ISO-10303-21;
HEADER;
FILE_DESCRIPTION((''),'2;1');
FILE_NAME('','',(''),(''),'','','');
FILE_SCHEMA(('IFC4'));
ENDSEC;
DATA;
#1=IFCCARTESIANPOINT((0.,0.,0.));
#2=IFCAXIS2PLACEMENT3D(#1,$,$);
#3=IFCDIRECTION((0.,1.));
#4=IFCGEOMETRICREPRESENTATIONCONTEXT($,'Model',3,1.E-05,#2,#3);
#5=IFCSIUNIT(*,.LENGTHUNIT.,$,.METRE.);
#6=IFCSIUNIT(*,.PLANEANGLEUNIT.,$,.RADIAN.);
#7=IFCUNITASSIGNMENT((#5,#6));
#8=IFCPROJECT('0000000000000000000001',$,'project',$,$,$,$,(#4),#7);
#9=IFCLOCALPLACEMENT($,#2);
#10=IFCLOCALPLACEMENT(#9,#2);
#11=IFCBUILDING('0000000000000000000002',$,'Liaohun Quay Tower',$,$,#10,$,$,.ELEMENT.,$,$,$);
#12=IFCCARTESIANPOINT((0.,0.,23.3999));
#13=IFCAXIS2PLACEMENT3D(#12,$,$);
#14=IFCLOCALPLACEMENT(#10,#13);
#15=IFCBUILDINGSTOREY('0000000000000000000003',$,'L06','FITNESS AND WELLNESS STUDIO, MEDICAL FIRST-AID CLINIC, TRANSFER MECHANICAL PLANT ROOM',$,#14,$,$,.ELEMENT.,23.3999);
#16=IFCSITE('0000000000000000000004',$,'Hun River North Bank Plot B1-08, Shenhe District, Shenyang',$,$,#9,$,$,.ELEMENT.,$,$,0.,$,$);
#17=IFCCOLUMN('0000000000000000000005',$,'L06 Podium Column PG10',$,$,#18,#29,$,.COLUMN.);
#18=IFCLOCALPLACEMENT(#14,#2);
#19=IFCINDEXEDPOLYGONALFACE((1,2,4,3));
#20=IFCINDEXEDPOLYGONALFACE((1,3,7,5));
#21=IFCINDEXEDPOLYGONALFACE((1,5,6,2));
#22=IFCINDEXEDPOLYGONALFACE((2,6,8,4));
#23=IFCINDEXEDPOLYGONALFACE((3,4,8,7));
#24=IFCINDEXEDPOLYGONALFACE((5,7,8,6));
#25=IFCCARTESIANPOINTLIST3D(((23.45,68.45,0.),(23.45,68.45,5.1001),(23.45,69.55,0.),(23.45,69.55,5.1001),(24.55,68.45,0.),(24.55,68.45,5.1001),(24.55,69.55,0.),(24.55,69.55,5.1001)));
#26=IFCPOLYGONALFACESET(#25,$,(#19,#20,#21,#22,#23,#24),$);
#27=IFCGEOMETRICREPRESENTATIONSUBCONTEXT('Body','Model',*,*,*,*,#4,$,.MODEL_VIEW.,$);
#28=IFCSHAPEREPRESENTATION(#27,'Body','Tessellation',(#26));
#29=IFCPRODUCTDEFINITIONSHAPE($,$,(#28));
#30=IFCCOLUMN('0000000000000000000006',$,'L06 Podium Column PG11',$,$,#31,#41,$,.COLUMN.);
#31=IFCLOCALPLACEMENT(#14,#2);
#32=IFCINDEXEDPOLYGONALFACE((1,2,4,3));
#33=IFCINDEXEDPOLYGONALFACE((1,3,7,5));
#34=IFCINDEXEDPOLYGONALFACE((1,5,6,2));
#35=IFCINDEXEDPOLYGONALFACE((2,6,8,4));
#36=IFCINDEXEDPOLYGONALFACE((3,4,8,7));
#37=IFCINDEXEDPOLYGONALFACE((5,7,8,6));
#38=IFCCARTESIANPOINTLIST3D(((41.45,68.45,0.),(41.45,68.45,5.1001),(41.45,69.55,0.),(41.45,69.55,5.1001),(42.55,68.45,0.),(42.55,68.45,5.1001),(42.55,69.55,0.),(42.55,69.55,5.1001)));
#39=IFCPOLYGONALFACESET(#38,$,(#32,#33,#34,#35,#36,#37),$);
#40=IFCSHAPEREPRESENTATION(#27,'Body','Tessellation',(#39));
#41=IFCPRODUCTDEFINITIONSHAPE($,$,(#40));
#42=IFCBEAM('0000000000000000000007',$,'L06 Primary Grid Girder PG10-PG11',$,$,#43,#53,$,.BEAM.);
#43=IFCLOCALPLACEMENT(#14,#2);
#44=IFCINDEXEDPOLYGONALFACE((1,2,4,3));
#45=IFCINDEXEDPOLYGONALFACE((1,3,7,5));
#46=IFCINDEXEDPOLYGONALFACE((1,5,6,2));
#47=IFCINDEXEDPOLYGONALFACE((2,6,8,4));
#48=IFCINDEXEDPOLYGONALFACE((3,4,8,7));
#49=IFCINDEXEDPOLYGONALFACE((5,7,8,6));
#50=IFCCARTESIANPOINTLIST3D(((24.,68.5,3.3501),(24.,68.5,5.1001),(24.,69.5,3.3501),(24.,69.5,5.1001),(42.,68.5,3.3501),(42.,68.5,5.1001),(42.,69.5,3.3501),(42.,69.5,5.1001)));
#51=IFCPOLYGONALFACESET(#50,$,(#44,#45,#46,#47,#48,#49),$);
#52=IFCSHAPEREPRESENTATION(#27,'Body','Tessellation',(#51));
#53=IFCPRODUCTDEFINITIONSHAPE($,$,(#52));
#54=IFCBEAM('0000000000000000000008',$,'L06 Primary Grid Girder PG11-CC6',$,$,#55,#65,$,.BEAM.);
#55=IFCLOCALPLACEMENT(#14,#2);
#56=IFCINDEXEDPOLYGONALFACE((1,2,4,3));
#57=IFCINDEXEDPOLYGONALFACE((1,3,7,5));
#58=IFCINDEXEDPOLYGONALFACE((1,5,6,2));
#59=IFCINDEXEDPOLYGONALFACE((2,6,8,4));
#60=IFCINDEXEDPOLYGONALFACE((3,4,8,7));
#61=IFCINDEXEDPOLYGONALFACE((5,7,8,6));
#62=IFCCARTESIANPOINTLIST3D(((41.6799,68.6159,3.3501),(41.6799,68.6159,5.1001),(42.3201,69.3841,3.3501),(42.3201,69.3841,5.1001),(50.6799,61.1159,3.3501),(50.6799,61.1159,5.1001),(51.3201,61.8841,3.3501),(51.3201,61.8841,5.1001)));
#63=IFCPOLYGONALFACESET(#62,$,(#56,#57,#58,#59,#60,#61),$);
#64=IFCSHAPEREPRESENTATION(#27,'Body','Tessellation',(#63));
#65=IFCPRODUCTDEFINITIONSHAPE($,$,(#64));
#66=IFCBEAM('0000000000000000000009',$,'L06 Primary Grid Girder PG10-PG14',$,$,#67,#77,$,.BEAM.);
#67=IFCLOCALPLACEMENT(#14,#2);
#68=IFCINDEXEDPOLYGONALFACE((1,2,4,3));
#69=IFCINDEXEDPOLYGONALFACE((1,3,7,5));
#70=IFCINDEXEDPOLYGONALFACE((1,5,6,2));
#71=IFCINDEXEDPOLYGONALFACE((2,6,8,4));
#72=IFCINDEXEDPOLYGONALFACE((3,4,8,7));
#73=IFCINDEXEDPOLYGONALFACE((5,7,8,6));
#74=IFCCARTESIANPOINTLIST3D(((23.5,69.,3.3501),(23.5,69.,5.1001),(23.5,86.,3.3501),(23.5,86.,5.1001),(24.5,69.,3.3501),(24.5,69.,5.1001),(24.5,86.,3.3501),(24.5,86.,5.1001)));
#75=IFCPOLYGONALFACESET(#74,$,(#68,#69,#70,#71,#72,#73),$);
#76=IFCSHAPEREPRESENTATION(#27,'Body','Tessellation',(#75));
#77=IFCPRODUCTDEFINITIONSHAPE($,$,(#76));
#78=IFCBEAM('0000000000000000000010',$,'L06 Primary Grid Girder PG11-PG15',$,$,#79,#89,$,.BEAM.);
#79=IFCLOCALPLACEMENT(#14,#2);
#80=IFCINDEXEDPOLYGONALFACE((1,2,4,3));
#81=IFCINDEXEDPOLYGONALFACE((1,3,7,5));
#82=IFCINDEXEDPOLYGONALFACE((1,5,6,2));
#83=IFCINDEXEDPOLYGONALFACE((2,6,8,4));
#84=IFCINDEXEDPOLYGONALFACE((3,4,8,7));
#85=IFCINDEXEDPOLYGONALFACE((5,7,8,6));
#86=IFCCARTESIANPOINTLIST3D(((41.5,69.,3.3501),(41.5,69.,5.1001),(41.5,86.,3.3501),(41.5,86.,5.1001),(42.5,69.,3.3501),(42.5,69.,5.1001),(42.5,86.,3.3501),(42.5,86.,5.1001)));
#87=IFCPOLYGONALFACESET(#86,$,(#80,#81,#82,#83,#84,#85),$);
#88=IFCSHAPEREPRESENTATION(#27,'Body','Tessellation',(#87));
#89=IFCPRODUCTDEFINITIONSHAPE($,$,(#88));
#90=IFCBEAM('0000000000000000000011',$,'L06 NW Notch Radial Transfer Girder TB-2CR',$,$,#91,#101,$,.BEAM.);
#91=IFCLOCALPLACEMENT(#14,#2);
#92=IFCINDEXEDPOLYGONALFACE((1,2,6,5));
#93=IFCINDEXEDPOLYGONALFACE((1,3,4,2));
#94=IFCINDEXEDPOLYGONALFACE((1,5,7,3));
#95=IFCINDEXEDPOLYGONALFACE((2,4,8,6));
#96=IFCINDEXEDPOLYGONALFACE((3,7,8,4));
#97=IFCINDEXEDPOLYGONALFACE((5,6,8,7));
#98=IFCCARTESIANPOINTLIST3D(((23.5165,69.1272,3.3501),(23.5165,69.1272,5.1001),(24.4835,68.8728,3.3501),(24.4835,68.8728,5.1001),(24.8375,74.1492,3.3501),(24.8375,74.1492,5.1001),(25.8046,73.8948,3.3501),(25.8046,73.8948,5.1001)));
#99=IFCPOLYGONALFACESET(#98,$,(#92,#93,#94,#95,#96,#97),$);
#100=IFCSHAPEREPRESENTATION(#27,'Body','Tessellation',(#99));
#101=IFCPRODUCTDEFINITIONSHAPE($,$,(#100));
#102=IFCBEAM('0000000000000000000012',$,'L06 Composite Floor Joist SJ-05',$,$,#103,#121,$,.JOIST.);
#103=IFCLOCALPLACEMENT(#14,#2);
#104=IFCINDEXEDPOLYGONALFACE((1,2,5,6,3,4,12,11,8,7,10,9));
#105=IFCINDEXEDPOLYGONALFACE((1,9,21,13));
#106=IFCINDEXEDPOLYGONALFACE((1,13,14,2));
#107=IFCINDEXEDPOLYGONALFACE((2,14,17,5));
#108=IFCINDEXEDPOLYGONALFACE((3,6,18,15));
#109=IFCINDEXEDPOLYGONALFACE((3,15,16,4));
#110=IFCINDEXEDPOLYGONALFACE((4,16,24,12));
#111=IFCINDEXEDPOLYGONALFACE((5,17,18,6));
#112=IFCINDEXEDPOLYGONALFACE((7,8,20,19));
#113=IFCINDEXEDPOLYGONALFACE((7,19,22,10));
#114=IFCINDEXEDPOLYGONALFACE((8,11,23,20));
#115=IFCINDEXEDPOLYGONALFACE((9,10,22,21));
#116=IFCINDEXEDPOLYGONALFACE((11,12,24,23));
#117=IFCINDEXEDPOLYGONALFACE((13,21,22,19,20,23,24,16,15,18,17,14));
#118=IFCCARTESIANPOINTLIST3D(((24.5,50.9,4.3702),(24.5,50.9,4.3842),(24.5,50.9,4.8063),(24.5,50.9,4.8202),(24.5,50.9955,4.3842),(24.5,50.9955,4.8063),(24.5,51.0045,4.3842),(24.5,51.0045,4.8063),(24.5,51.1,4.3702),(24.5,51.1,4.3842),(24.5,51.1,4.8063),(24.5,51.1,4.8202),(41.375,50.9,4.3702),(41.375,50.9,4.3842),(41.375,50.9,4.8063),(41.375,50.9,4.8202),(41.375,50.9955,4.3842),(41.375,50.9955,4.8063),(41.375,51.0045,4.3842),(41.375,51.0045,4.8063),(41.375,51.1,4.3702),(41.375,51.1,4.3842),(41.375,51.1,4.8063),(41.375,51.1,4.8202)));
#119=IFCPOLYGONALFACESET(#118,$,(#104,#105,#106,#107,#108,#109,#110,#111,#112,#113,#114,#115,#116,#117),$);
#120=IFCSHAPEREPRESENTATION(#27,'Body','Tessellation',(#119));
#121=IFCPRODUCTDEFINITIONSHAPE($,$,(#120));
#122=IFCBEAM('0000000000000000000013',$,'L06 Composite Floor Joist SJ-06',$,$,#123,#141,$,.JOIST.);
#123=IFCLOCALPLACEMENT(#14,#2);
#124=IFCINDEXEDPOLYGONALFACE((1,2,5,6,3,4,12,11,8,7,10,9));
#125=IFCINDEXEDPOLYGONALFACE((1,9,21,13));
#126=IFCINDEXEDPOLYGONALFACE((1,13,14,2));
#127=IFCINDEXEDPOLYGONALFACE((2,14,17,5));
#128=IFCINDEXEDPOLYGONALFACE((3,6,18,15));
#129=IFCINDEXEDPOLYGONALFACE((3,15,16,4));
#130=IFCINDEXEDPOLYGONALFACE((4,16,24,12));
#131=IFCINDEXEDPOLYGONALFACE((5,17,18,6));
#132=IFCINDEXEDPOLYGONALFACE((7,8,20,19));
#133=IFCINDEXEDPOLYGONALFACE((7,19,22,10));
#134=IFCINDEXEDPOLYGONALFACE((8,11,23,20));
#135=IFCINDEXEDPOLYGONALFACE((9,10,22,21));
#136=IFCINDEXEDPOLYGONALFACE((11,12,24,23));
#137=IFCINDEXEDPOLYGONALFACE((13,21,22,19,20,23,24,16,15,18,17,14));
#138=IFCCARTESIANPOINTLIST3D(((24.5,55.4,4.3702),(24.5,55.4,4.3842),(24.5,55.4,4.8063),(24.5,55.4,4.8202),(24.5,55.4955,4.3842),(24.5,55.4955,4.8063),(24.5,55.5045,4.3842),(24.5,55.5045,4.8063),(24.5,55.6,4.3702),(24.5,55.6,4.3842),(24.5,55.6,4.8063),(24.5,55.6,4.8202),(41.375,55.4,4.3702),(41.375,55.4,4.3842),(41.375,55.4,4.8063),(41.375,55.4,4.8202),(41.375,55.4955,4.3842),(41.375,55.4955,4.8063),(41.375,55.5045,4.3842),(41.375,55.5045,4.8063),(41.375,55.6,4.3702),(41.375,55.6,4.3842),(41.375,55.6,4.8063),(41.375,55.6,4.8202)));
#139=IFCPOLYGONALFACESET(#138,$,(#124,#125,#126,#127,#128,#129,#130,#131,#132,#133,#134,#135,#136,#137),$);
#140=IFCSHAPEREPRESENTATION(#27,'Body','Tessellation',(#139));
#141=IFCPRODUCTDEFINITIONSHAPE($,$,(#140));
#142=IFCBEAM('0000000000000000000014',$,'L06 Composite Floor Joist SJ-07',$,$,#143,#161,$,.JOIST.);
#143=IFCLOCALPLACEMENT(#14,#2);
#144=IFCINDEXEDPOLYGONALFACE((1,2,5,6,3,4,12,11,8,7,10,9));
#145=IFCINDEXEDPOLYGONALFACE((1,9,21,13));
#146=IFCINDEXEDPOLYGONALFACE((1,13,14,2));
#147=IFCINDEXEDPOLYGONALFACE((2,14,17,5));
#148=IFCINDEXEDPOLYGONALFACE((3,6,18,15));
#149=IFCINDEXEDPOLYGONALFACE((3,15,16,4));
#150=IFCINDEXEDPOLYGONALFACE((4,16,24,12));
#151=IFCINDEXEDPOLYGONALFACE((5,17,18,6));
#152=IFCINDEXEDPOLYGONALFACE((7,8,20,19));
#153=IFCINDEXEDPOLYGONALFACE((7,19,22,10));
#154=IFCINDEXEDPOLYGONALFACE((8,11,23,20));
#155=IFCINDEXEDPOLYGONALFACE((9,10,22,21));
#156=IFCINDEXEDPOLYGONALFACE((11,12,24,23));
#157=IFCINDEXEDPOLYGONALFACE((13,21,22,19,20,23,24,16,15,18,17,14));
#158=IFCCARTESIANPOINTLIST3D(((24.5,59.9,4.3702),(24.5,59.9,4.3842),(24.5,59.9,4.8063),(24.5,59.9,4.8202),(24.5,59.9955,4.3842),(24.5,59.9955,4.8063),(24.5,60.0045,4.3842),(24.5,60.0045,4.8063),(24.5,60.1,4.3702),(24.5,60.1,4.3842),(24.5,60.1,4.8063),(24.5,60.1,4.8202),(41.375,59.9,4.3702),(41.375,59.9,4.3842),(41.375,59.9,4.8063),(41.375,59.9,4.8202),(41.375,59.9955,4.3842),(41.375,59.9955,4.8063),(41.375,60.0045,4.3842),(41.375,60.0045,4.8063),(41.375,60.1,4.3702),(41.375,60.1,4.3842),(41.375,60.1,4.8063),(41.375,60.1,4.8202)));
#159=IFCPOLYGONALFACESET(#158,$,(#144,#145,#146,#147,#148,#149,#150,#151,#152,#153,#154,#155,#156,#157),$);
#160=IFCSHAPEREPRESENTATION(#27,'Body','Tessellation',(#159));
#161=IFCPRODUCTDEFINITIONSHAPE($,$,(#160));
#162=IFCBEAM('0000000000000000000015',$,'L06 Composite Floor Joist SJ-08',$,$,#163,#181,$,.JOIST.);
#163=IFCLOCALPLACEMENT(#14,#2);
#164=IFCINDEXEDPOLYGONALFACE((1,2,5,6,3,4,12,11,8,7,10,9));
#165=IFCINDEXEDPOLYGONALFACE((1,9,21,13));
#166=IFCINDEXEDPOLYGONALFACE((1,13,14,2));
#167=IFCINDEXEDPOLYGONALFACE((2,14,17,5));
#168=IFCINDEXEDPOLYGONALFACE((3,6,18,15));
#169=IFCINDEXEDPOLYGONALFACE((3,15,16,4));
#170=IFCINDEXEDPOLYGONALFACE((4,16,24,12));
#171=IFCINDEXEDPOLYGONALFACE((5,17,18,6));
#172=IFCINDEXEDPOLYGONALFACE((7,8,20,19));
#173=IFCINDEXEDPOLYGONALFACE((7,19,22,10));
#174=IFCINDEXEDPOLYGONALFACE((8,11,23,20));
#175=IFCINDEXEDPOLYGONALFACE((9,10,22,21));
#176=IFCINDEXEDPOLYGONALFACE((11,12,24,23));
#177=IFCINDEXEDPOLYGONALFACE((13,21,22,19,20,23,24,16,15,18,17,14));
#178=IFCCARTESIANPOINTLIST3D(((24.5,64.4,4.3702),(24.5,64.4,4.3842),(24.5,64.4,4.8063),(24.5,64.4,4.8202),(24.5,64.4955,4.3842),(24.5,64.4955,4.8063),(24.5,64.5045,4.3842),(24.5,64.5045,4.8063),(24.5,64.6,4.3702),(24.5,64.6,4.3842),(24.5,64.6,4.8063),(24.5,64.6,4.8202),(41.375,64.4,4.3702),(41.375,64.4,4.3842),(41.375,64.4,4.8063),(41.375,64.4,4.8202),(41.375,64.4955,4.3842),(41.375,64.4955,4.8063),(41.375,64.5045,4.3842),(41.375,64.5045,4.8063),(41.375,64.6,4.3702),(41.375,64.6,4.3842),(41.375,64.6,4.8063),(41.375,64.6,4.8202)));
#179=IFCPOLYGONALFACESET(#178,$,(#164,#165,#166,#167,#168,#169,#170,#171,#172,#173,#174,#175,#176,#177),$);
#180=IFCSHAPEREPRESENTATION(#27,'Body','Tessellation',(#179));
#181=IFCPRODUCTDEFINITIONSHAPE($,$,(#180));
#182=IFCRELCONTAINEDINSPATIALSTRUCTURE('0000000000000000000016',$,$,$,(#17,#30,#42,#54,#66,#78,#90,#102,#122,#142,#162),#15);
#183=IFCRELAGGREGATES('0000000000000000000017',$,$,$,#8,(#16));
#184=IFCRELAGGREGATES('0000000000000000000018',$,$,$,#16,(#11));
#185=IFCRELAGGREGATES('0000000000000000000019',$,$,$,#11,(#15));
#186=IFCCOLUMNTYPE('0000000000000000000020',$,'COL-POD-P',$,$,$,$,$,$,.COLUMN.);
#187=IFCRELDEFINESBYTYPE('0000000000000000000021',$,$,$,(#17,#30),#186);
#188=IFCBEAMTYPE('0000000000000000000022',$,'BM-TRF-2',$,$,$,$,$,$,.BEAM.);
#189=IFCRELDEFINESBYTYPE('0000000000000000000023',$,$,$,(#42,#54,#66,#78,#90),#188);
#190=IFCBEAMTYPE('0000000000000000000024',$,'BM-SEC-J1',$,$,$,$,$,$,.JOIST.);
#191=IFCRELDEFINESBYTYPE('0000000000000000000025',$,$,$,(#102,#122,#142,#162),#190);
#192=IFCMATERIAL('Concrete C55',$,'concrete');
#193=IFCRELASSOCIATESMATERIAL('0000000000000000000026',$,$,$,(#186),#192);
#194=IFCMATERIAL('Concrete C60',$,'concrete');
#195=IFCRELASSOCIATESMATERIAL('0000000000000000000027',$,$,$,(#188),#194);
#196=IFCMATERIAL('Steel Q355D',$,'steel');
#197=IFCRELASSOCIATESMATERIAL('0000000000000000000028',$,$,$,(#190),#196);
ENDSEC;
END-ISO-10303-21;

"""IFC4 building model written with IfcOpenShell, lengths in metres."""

from ifc_helpers import new_model, si_unit, direction, frame, origin, origin_2d, place, context, subcontext, project, spatial, rectangle, i_section, extrude, source, transform, mapped, material, material_profile, profile_set, type_object, element, save


model = new_model("IFC4")

# Units and contexts
model_context = context("Model", 3, precision=1e-05, world=origin(), true_north=direction((0.0, 1.0)))
body_context = subcontext(model_context, "Body", "Model", "MODEL_VIEW")
ifc_project = project(units=[si_unit("LENGTHUNIT", "METRE"), si_unit("PLANEANGLEUNIT", "RADIAN")], contexts=[model_context])

# Site, building, storey
site_placement = place(None, origin())
site = spatial("IfcSite", under=ifc_project, at=site_placement, Name="Hun River North Bank Plot B1-08, Shenhe District, Shenyang", CompositionType="ELEMENT", RefElevation=0.0)
building_placement = place(site_placement, origin())
building = spatial("IfcBuilding", under=site, at=building_placement, Name="Liaohun Quay Tower", CompositionType="ELEMENT")
storey_placement = place(building_placement, frame((0.0, 0.0, 23.3999)))
storey = spatial("IfcBuildingStorey", under=building, at=storey_placement, Name="L06", Description="FITNESS AND WELLNESS STUDIO, MEDICAL FIRST-AID CLINIC, TRANSFER MECHANICAL PLANT ROOM", CompositionType="ELEMENT", Elevation=23.3999)

# Columns
ifc_material_1 = material(Name="Concrete C55", Category="concrete")
ifc_material_profile_1 = material_profile(ifc_material_1, rectangle(XDim=1.1001, YDim=1.1001, at=origin_2d()), Name="RC1100x1100")
ifc_profile_set_1 = profile_set([ifc_material_profile_1], Name="Concrete C55")
column_type = type_object("IfcColumnType", Name="COL-POD-P", PredefinedType="COLUMN", material=ifc_profile_set_1)
shared_shape_1 = source(origin(), body_context, "Body", "SweptSolid", [
    extrude(rectangle(XDim=1.1001, YDim=1.1001, at=origin_2d()), origin(), (0.0, 0.0, 1.0), 5.1001),
])
for number, where, z_axis, x_axis, name in (
    (1, (24.0, 69.0, 0.0), (0.0, 0.0, 1.0), (1.0, 0.0, 0.0), "L06 Podium Column PG10"),
    (2, (42.0, 69.0, 0.0), (0.0, 0.0, 1.0), (1.0, 0.0, 0.0), "L06 Podium Column PG11"),
):
    element("IfcColumn", number, at=place(storey_placement, frame(where, z_axis=z_axis, x_axis=x_axis)), inside=storey, type_object=column_type, Name=name, PredefinedType="COLUMN", context=body_context, shape_type="MappedRepresentation", body=[
        mapped(shared_shape_1, transform((0.0, 0.0, 0.0), x_axis=(1.0, 0.0, 0.0), y_axis=(0.0, 1.0, 0.0), z_axis=(0.0, 0.0, 1.0), scale=1.0)),
    ])

# Beams
ifc_material_2 = material(Name="Concrete C60", Category="concrete")
ifc_material_profile_2 = material_profile(ifc_material_2, rectangle(XDim=1.0, YDim=1.75, at=origin_2d()), Name="RC1000x1750")
ifc_profile_set_2 = profile_set([ifc_material_profile_2], Name="Concrete C60")
beam_type_1 = type_object("IfcBeamType", Name="BM-TRF-2", PredefinedType="BEAM", material=ifc_profile_set_2)
shared_shape_2 = source(origin(), body_context, "Body", "SweptSolid", [
    extrude(rectangle(XDim=1.0, YDim=1.75, at=origin_2d()), origin(), (0.0, 0.0, 1.0), 18.0),
])
beam_1_placement = place(storey_placement, frame((24.0, 69.0, 4.2251), z_axis=(1.0, 0.0, 0.0), x_axis=(0.0, 1.0, 0.0)))
element("IfcBeam", 3, at=beam_1_placement, inside=storey, type_object=beam_type_1, Name="L06 Primary Grid Girder PG10-PG11", PredefinedType="BEAM", context=body_context, shape_type="MappedRepresentation", body=[
    mapped(shared_shape_2, transform((0.0, 0.0, 0.0), x_axis=(1.0, 0.0, 0.0), y_axis=(0.0, 1.0, 0.0), z_axis=(0.0, 0.0, 1.0), scale=1.0)),
])
shared_shape_3 = source(origin(), body_context, "Body", "SweptSolid", [
    extrude(rectangle(XDim=1.0, YDim=1.75, at=origin_2d()), origin(), (0.0, 0.0, 1.0), 11.7153),
])
beam_2_placement = place(storey_placement, frame((42.0, 69.0, 4.2251), z_axis=(0.768221, -0.640184, 0.0), x_axis=(0.640184, 0.768221, 0.0)))
element("IfcBeam", 4, at=beam_2_placement, inside=storey, type_object=beam_type_1, Name="L06 Primary Grid Girder PG11-CC6", PredefinedType="BEAM", context=body_context, shape_type="MappedRepresentation", body=[
    mapped(shared_shape_3, transform((0.0, 0.0, 0.0), x_axis=(1.0, 0.0, 0.0), y_axis=(0.0, 1.0, 0.0), z_axis=(0.0, 0.0, 1.0), scale=1.0)),
])
shared_shape_4 = source(origin(), body_context, "Body", "SweptSolid", [
    extrude(rectangle(XDim=1.0, YDim=1.75, at=origin_2d()), origin(), (0.0, 0.0, 1.0), 17.0),
])
for number, where, z_axis, x_axis, name in (
    (5, (24.0, 69.0, 4.2251), (0.0, 1.0, 0.0), (-1.0, 0.0, 0.0), "L06 Primary Grid Girder PG10-PG14"),
    (6, (42.0, 69.0, 4.2251), (0.0, 1.0, 0.0), (-1.0, 0.0, 0.0), "L06 Primary Grid Girder PG11-PG15"),
):
    element("IfcBeam", number, at=place(storey_placement, frame(where, z_axis=z_axis, x_axis=x_axis)), inside=storey, type_object=beam_type_1, Name=name, PredefinedType="BEAM", context=body_context, shape_type="MappedRepresentation", body=[
        mapped(shared_shape_4, transform((0.0, 0.0, 0.0), x_axis=(1.0, 0.0, 0.0), y_axis=(0.0, 1.0, 0.0), z_axis=(0.0, 0.0, 1.0), scale=1.0)),
    ])
shared_shape_5 = source(origin(), body_context, "Body", "SweptSolid", [
    extrude(rectangle(XDim=1.0, YDim=1.75, at=origin_2d()), origin(), (0.0, 0.0, 1.0), 5.1929),
])
beam_3_placement = place(storey_placement, frame((24.0, 69.0, 4.2251), z_axis=(0.254398, 0.9671, 0.0), x_axis=(-0.9671, 0.254398, 0.0)))
element("IfcBeam", 7, at=beam_3_placement, inside=storey, type_object=beam_type_1, Name="L06 NW Notch Radial Transfer Girder TB-2CR", PredefinedType="BEAM", context=body_context, shape_type="MappedRepresentation", body=[
    mapped(shared_shape_5, transform((0.0, 0.0, 0.0), x_axis=(1.0, 0.0, 0.0), y_axis=(0.0, 1.0, 0.0), z_axis=(0.0, 0.0, 1.0), scale=1.0)),
])
ifc_material_3 = material(Name="Steel Q355D", Category="steel")
ifc_material_profile_3 = material_profile(ifc_material_3, i_section(OverallWidth=0.2, OverallDepth=0.45, WebThickness=0.009, FlangeThickness=0.0139, at=origin_2d()), Name="HN450x200x9x14")
ifc_profile_set_3 = profile_set([ifc_material_profile_3], Name="Steel Q355D")
beam_type_2 = type_object("IfcBeamType", Name="BM-SEC-J1", PredefinedType="JOIST", material=ifc_profile_set_3)
shared_shape_6 = source(origin(), body_context, "Body", "SweptSolid", [
    extrude(i_section(OverallWidth=0.2, OverallDepth=0.45, WebThickness=0.009, FlangeThickness=0.0139, at=origin_2d()), origin(), (0.0, 0.0, 1.0), 16.875),
])
for number, where, z_axis, x_axis, name in (
    (8, (24.5, 51.0, 4.5952), (1.0, 0.0, 0.0), (0.0, 1.0, 0.0), "L06 Composite Floor Joist SJ-05"),
    (9, (24.5, 55.5, 4.5952), (1.0, 0.0, 0.0), (0.0, 1.0, 0.0), "L06 Composite Floor Joist SJ-06"),
    (10, (24.5, 60.0, 4.5952), (1.0, 0.0, 0.0), (0.0, 1.0, 0.0), "L06 Composite Floor Joist SJ-07"),
    (11, (24.5, 64.5, 4.5952), (1.0, 0.0, 0.0), (0.0, 1.0, 0.0), "L06 Composite Floor Joist SJ-08"),
):
    element("IfcBeam", number, at=place(storey_placement, frame(where, z_axis=z_axis, x_axis=x_axis)), inside=storey, type_object=beam_type_2, Name=name, PredefinedType="JOIST", context=body_context, shape_type="MappedRepresentation", body=[
        mapped(shared_shape_6, transform((0.0, 0.0, 0.0), x_axis=(1.0, 0.0, 0.0), y_axis=(0.0, 1.0, 0.0), z_axis=(0.0, 0.0, 1.0), scale=1.0)),
    ])

save(model, "model.ifc")
